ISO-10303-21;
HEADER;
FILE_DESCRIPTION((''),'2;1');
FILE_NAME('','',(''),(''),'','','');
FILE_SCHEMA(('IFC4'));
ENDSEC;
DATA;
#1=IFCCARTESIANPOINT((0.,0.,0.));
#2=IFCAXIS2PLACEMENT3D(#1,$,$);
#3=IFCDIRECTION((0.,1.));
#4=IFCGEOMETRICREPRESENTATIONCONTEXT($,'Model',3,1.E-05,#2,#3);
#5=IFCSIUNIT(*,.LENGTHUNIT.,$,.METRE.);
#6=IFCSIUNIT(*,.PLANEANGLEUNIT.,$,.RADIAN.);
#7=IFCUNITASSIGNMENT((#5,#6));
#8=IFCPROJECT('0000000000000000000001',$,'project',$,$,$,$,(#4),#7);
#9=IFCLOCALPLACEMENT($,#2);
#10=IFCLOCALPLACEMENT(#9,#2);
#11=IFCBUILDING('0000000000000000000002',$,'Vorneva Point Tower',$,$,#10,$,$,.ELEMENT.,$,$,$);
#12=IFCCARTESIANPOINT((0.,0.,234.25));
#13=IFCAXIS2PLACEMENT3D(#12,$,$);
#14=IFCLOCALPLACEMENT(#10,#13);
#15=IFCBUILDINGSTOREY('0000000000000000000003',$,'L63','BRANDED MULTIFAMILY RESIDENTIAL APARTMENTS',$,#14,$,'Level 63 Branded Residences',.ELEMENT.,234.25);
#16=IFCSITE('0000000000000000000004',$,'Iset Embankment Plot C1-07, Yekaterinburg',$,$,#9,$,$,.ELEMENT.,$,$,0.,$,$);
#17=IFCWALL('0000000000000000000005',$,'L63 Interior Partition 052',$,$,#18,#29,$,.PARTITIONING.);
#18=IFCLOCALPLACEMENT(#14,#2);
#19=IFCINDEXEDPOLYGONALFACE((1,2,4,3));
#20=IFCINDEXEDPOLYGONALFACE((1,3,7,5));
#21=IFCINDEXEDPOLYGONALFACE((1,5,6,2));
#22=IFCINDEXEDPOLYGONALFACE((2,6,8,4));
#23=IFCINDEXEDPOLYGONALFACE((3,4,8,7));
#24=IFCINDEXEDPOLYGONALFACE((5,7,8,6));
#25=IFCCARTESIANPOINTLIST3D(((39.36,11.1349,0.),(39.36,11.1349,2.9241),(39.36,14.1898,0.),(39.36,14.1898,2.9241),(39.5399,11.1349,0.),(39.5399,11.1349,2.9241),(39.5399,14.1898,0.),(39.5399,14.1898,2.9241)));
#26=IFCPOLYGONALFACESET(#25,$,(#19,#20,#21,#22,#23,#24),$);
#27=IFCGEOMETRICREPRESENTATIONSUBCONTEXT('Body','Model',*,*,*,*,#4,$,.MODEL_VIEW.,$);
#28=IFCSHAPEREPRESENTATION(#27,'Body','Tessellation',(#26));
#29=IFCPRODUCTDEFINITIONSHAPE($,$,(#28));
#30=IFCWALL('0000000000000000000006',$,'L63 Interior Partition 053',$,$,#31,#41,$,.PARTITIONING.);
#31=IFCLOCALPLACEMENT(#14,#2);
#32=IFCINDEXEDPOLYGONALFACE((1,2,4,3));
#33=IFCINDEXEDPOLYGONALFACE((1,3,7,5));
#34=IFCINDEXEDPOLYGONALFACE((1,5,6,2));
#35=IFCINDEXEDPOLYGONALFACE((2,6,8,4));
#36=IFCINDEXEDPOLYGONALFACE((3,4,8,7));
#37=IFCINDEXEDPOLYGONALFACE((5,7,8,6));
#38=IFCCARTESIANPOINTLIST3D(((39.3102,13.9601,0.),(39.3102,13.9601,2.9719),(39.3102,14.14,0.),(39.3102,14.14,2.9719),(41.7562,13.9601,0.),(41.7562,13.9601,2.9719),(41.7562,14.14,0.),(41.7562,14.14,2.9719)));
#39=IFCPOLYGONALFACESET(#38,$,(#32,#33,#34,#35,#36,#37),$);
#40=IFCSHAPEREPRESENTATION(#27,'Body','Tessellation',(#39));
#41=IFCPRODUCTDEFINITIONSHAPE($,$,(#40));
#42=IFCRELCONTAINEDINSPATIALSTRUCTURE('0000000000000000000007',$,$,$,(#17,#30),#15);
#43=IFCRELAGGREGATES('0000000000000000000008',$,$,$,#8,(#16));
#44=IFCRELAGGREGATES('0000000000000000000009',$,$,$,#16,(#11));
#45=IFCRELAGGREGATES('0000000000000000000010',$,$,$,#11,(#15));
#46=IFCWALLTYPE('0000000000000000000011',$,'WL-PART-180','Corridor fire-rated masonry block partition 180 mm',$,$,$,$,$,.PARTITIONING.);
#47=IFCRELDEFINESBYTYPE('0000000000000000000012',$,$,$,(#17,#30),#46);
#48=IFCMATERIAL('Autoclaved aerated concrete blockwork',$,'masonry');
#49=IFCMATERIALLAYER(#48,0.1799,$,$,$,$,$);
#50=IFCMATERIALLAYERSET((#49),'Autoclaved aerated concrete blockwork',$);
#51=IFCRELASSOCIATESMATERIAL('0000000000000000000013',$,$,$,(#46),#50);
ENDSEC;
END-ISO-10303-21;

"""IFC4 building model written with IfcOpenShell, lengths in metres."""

from ifc_helpers import new_model, si_unit, direction, frame, frame_2d, origin, place, context, subcontext, project, spatial, rectangle, extrude, material, layer, layer_set, type_object, element, save


model = new_model("IFC4")

# Units and contexts
model_context = context("Model", 3, precision=1e-05, world=origin(), true_north=direction((0.0, 1.0)))
body_context = subcontext(model_context, "Body", "Model", "MODEL_VIEW")
ifc_project = project(units=[si_unit("LENGTHUNIT", "METRE"), si_unit("PLANEANGLEUNIT", "RADIAN")], contexts=[model_context])

# Site, building, storey
site_placement = place(None, origin())
site = spatial("IfcSite", under=ifc_project, at=site_placement, Name="Iset Embankment Plot C1-07, Yekaterinburg", CompositionType="ELEMENT", RefElevation=0.0)
building_placement = place(site_placement, origin())
building = spatial("IfcBuilding", under=site, at=building_placement, Name="Vorneva Point Tower", CompositionType="ELEMENT")
storey_placement = place(building_placement, frame((0.0, 0.0, 234.25)))
storey = spatial("IfcBuildingStorey", under=building, at=storey_placement, Name="L63", Description="BRANDED MULTIFAMILY RESIDENTIAL APARTMENTS", LongName="Level 63 Branded Residences", CompositionType="ELEMENT", Elevation=234.25)

# Shared definitions
ifc_material_1 = material(Name="Autoclaved aerated concrete blockwork", Category="masonry")
ifc_layer_1 = layer(ifc_material_1, 0.1799)
ifc_layer_set_1 = layer_set([ifc_layer_1], Name="Autoclaved aerated concrete blockwork")
wall_type_1 = type_object("IfcWallType", Name="WL-PART-180", Description="Corridor fire-rated masonry block partition 180 mm", PredefinedType="PARTITIONING", material=ifc_layer_set_1)

# Walls
wall_1_placement = place(storey_placement, frame((39.45, 11.135, 0.0), z_axis=(0.0, 0.0, 1.0), x_axis=(0.0, 1.0, 0.0)))
element("IfcWall", 1, at=wall_1_placement, inside=storey, type_object=wall_type_1, Name="L63 Interior Partition 052", PredefinedType="PARTITIONING", context=body_context, shape_type="SweptSolid", body=[
    extrude(rectangle(XDim=3.0549, YDim=0.1799, at=frame_2d((1.5273, 0.0))), origin(), (0.0, 0.0, 1.0), 2.9241),
])
wall_2_placement = place(storey_placement, frame((39.3101, 14.05, 0.0), z_axis=(0.0, 0.0, 1.0), x_axis=(1.0, 0.0, 0.0)))
element("IfcWall", 2, at=wall_2_placement, inside=storey, type_object=wall_type_1, Name="L63 Interior Partition 053", PredefinedType="PARTITIONING", context=body_context, shape_type="SweptSolid", body=[
    extrude(rectangle(XDim=2.446, YDim=0.1799, at=frame_2d((1.2231, 0.0))), origin(), (0.0, 0.0, 1.0), 2.9719),
])

save(model, "model.ifc")
